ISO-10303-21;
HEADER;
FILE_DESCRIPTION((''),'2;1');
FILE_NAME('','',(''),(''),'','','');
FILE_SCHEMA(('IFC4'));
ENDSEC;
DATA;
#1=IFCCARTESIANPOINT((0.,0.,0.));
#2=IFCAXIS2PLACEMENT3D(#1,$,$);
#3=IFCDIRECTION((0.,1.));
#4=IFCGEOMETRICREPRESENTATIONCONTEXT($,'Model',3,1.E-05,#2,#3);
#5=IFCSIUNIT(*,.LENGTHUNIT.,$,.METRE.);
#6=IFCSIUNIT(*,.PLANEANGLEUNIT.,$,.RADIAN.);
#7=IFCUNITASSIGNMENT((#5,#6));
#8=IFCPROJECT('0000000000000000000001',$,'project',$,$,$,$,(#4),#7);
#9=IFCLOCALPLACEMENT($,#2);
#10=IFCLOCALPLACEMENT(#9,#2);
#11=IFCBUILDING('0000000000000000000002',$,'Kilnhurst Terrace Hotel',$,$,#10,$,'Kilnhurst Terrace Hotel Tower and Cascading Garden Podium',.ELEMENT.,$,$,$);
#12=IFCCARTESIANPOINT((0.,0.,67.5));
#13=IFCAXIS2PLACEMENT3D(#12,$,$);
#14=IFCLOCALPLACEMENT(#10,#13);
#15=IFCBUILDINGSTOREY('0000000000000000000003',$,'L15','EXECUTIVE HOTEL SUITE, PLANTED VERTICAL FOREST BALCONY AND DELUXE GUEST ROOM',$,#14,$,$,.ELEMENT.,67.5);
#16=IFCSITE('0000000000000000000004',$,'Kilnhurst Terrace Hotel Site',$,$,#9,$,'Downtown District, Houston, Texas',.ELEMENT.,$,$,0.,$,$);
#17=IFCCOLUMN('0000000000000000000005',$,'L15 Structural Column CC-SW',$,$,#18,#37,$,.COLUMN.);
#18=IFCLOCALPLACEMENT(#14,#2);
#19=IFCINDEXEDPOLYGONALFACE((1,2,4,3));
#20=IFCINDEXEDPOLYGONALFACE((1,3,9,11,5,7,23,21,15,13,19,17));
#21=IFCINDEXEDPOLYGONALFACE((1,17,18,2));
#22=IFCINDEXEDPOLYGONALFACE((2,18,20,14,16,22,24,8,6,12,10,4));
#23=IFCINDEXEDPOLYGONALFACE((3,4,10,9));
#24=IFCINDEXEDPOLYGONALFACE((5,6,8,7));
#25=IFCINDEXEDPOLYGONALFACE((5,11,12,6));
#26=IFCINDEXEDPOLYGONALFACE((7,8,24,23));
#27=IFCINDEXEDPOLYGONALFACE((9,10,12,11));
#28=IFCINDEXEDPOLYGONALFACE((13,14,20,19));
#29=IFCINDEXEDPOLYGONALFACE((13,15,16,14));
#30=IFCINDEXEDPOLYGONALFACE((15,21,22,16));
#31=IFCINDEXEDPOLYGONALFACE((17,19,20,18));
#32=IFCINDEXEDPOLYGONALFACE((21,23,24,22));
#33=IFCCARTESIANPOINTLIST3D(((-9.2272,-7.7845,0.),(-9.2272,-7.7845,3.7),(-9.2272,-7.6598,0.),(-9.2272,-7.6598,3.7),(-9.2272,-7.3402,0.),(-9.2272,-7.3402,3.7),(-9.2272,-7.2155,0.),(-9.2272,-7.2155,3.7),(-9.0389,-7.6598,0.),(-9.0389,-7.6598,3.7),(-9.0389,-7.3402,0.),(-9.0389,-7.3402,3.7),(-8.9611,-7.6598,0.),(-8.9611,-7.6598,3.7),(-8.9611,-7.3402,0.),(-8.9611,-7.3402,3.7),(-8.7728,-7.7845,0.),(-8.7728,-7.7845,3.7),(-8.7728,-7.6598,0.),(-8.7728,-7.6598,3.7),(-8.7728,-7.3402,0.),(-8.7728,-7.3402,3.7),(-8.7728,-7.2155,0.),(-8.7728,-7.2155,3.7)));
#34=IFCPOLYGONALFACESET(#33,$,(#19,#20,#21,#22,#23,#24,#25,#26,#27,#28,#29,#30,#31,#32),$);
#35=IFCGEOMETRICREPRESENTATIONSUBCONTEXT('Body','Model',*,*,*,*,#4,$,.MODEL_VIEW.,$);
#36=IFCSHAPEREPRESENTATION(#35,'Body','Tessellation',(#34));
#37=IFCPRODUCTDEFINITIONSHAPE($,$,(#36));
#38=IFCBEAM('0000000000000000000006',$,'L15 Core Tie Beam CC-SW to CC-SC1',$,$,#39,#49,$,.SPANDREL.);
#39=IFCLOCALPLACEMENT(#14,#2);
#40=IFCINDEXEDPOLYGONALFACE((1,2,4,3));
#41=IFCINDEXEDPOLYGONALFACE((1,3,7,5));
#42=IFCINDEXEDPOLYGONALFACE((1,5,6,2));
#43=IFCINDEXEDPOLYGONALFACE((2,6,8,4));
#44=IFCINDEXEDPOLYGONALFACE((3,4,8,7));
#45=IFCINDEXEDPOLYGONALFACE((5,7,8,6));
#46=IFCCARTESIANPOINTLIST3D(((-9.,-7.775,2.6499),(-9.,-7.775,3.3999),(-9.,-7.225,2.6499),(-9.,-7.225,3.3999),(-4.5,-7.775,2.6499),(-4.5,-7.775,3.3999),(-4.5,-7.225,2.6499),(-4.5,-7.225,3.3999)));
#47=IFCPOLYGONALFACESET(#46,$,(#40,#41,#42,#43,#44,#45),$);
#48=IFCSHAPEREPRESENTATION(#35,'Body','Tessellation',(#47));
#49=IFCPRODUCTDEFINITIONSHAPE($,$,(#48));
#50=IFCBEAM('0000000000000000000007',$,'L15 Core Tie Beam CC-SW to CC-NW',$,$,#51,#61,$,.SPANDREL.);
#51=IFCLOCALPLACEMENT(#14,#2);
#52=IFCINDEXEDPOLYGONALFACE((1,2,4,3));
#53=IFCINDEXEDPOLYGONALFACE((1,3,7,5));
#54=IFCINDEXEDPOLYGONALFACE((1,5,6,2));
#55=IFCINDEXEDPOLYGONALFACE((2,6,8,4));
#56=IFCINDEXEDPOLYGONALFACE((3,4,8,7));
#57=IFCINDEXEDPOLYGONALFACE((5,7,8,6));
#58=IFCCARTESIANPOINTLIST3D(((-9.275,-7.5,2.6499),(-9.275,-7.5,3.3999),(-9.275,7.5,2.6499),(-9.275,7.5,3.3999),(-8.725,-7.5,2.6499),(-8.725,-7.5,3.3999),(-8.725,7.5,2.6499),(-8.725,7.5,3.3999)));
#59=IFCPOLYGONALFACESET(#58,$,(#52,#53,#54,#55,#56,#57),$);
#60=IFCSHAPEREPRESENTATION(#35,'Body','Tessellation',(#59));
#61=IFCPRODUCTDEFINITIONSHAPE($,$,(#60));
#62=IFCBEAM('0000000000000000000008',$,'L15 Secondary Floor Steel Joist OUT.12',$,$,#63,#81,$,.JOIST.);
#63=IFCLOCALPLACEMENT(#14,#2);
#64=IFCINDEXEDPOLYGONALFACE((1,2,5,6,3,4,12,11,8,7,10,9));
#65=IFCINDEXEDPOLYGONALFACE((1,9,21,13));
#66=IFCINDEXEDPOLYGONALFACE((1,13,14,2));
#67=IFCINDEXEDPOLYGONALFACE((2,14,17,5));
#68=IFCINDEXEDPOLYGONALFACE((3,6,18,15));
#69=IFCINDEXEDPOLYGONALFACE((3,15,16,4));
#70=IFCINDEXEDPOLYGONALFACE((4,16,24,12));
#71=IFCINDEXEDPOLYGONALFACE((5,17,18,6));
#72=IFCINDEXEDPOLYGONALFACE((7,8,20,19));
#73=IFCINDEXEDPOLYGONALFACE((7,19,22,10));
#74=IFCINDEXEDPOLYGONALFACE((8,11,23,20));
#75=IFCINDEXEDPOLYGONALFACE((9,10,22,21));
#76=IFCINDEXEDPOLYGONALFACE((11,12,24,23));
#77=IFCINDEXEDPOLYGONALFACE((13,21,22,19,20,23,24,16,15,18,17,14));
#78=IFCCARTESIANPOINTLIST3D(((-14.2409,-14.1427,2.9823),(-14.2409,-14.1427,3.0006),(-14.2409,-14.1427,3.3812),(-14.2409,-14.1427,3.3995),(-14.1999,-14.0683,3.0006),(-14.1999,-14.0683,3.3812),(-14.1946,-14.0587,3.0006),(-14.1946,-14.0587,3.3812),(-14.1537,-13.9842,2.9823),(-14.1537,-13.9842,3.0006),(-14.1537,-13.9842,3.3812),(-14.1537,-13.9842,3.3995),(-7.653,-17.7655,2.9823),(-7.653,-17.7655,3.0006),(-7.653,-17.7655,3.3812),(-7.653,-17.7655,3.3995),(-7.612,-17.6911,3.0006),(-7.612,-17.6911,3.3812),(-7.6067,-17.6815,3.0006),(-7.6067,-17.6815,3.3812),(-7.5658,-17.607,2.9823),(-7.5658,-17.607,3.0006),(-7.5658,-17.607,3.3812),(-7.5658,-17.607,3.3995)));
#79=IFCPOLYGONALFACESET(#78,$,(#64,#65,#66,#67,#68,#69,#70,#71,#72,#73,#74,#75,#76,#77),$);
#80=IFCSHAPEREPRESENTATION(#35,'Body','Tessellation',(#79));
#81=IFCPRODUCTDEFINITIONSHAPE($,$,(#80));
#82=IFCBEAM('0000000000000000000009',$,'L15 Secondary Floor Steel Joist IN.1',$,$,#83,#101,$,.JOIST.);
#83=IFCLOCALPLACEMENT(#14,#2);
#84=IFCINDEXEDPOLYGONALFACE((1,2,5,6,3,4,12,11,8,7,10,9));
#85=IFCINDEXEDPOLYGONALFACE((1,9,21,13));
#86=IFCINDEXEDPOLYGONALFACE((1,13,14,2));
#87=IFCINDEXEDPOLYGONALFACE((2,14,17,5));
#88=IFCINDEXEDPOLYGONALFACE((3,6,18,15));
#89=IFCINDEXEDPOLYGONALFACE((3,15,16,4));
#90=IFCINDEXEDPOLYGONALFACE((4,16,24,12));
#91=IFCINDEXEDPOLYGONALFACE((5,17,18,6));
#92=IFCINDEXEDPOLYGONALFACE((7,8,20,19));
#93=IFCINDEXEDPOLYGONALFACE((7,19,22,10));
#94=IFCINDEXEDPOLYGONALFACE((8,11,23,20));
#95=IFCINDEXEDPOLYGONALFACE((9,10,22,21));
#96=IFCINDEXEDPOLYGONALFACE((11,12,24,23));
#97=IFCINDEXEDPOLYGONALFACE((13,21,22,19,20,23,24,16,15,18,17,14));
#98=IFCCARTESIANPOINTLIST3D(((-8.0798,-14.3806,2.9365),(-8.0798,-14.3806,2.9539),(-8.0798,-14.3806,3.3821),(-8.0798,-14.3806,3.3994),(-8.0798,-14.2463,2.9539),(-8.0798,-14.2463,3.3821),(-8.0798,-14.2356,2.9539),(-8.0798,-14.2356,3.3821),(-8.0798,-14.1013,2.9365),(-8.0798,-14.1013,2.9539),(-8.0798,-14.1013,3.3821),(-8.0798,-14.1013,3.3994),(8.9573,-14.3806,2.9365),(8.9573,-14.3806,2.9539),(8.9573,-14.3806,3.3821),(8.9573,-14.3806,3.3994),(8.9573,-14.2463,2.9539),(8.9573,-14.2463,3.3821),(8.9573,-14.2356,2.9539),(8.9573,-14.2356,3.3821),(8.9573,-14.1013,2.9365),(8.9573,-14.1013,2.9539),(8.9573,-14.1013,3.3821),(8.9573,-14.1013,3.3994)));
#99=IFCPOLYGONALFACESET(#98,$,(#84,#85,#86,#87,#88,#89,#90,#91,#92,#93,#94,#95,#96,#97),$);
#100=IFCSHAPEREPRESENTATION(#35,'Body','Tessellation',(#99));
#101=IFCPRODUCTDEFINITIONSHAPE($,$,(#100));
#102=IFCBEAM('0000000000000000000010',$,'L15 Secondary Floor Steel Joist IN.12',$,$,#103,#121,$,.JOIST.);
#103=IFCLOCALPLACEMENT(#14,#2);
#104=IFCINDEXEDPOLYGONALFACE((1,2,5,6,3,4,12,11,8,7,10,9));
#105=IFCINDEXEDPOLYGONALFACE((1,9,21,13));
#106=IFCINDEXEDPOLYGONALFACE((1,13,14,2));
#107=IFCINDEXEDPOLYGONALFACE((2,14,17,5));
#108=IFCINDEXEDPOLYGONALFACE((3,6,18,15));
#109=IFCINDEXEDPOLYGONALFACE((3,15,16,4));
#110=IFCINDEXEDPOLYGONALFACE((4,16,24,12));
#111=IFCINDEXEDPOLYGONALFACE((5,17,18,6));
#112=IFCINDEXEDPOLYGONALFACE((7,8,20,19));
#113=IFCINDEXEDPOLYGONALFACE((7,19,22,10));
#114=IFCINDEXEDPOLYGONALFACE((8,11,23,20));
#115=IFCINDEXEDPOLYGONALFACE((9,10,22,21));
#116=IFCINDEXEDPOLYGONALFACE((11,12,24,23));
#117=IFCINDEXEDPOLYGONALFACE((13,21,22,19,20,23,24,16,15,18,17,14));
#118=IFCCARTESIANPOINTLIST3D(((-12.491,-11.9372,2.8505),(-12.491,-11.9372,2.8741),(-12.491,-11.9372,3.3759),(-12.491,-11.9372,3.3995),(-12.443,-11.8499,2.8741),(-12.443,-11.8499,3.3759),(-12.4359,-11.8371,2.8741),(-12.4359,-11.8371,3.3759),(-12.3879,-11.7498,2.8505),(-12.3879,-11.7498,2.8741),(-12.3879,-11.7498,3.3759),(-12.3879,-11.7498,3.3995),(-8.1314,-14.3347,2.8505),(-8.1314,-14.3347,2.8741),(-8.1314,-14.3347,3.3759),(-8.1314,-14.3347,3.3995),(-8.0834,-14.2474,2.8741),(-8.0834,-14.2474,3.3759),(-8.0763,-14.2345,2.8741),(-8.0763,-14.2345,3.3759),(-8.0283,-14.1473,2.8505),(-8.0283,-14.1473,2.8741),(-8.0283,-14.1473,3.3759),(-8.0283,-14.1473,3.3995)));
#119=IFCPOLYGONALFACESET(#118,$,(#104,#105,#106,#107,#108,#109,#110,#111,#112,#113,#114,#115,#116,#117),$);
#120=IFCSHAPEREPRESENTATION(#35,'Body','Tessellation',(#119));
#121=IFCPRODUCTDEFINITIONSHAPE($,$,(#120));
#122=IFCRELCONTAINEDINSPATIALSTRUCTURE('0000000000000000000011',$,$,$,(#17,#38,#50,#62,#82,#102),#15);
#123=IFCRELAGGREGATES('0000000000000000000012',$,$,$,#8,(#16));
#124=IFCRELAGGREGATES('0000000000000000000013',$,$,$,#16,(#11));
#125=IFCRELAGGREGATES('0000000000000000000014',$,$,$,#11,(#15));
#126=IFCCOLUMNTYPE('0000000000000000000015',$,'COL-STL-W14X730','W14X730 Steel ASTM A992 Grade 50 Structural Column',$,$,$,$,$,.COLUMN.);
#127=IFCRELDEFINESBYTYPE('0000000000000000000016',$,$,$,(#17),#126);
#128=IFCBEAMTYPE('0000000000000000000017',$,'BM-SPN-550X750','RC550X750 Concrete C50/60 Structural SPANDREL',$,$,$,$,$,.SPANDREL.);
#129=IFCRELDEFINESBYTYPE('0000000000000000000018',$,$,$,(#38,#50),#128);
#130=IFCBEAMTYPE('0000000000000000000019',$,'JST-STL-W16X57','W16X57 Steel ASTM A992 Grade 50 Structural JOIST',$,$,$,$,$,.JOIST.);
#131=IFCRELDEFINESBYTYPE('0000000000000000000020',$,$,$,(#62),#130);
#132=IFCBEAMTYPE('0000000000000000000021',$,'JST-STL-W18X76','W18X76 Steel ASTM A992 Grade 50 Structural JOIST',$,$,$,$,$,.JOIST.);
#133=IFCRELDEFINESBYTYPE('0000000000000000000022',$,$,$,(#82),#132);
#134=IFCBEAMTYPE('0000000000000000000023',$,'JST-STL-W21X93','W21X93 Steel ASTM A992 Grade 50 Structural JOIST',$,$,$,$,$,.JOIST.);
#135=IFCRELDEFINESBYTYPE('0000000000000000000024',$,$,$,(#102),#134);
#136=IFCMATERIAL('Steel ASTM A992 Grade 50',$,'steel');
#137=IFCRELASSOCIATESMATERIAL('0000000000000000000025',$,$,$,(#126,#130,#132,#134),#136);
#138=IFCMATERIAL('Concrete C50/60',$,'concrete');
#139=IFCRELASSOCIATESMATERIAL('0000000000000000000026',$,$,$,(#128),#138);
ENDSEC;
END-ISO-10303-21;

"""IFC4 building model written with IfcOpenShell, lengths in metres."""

from ifc_helpers import new_model, si_unit, direction, frame, origin, origin_2d, place, context, subcontext, project, spatial, rectangle, i_section, extrude, material, material_profile, profile_set, type_object, element, save


model = new_model("IFC4")

# Units and contexts
model_context = context("Model", 3, precision=1e-05, world=origin(), true_north=direction((0.0, 1.0)))
body_context = subcontext(model_context, "Body", "Model", "MODEL_VIEW")
ifc_project = project(units=[si_unit("LENGTHUNIT", "METRE"), si_unit("PLANEANGLEUNIT", "RADIAN")], contexts=[model_context])

# Site, building, storey
site_placement = place(None, origin())
site = spatial("IfcSite", under=ifc_project, at=site_placement, Name="Kilnhurst Terrace Hotel Site", LongName="Downtown District, Houston, Texas", CompositionType="ELEMENT", RefElevation=0.0)
building_placement = place(site_placement, origin())
building = spatial("IfcBuilding", under=site, at=building_placement, Name="Kilnhurst Terrace Hotel", LongName="Kilnhurst Terrace Hotel Tower and Cascading Garden Podium", CompositionType="ELEMENT")
storey_placement = place(building_placement, frame((0.0, 0.0, 67.5)))
storey = spatial("IfcBuildingStorey", under=building, at=storey_placement, Name="L15", Description="EXECUTIVE HOTEL SUITE, PLANTED VERTICAL FOREST BALCONY AND DELUXE GUEST ROOM", CompositionType="ELEMENT", Elevation=67.5)

# Column
ifc_material_1 = material(Name="Steel ASTM A992 Grade 50", Category="steel")
ifc_material_profile_1 = material_profile(ifc_material_1, i_section(OverallWidth=0.4543, OverallDepth=0.5691, WebThickness=0.0779, FlangeThickness=0.1248, at=origin_2d()), Name="W14X730")
ifc_profile_set_1 = profile_set([ifc_material_profile_1], Name="Steel ASTM A992 Grade 50")
column_type = type_object("IfcColumnType", Name="COL-STL-W14X730", Description="W14X730 Steel ASTM A992 Grade 50 Structural Column", PredefinedType="COLUMN", material=ifc_profile_set_1)
column_placement = place(storey_placement, frame((-9.0, -7.5, 0.0), z_axis=(0.0, 0.0, 1.0), x_axis=(1.0, 0.0, 0.0)))
element("IfcColumn", 1, at=column_placement, inside=storey, type_object=column_type, Name="L15 Structural Column CC-SW", PredefinedType="COLUMN", context=body_context, shape_type="SweptSolid", body=[
    extrude(i_section(OverallWidth=0.4543, OverallDepth=0.5691, WebThickness=0.0779, FlangeThickness=0.1248, at=origin_2d()), origin(), (0.0, 0.0, 1.0), 3.7),
])

# Beams
ifc_material_2 = material(Name="Concrete C50/60", Category="concrete")
ifc_material_profile_2 = material_profile(ifc_material_2, rectangle(XDim=0.55, YDim=0.75, at=origin_2d()), Name="RC550X750")
ifc_profile_set_2 = profile_set([ifc_material_profile_2], Name="Concrete C50/60")
beam_type_1 = type_object("IfcBeamType", Name="BM-SPN-550X750", Description="RC550X750 Concrete C50/60 Structural SPANDREL", PredefinedType="SPANDREL", material=ifc_profile_set_2)
beam_1_placement = place(storey_placement, frame((-9.0, -7.5, 3.0249), z_axis=(1.0, 0.0, 0.0), x_axis=(0.0, 1.0, 0.0)))
element("IfcBeam", 2, at=beam_1_placement, inside=storey, type_object=beam_type_1, Name="L15 Core Tie Beam CC-SW to CC-SC1", PredefinedType="SPANDREL", context=body_context, shape_type="SweptSolid", body=[
    extrude(rectangle(XDim=0.55, YDim=0.75, at=origin_2d()), origin(), (0.0, 0.0, 1.0), 4.5),
])
beam_2_placement = place(storey_placement, frame((-9.0, -7.5, 3.0249), z_axis=(0.0, 1.0, 0.0), x_axis=(-1.0, 0.0, 0.0)))
element("IfcBeam", 3, at=beam_2_placement, inside=storey, type_object=beam_type_1, Name="L15 Core Tie Beam CC-SW to CC-NW", PredefinedType="SPANDREL", context=body_context, shape_type="SweptSolid", body=[
    extrude(rectangle(XDim=0.55, YDim=0.75, at=origin_2d()), origin(), (0.0, 0.0, 1.0), 15.0),
])
ifc_material_profile_3 = material_profile(ifc_material_1, i_section(OverallWidth=0.1809, OverallDepth=0.4172, WebThickness=0.011, FlangeThickness=0.0183, at=origin_2d()), Name="W16X57")
ifc_profile_set_3 = profile_set([ifc_material_profile_3], Name="Steel ASTM A992 Grade 50")
beam_type_2 = type_object("IfcBeamType", Name="JST-STL-W16X57", Description="W16X57 Steel ASTM A992 Grade 50 Structural JOIST", PredefinedType="JOIST", material=ifc_profile_set_3)
beam_3_placement = place(storey_placement, frame((-14.1973, -14.0635, 3.1909), z_axis=(0.876246, -0.481864, 0.0), x_axis=(0.481864, 0.876246, 0.0)))
element("IfcBeam", 4, at=beam_3_placement, inside=storey, type_object=beam_type_2, Name="L15 Secondary Floor Steel Joist OUT.12", PredefinedType="JOIST", context=body_context, shape_type="SweptSolid", body=[
    extrude(i_section(OverallWidth=0.1809, OverallDepth=0.4172, WebThickness=0.011, FlangeThickness=0.0183, at=origin_2d()), origin(), (0.0, 0.0, 1.0), 7.5183),
])
ifc_material_profile_4 = material_profile(ifc_material_1, i_section(OverallWidth=0.2793, OverallDepth=0.4629, WebThickness=0.0107, FlangeThickness=0.0173, at=origin_2d()), Name="W18X76")
ifc_profile_set_4 = profile_set([ifc_material_profile_4], Name="Steel ASTM A992 Grade 50")
beam_type_3 = type_object("IfcBeamType", Name="JST-STL-W18X76", Description="W18X76 Steel ASTM A992 Grade 50 Structural JOIST", PredefinedType="JOIST", material=ifc_profile_set_4)
beam_4_placement = place(storey_placement, frame((-8.0798, -14.241, 3.168), z_axis=(1.0, 0.0, 0.0), x_axis=(0.0, 1.0, 0.0)))
element("IfcBeam", 5, at=beam_4_placement, inside=storey, type_object=beam_type_3, Name="L15 Secondary Floor Steel Joist IN.1", PredefinedType="JOIST", context=body_context, shape_type="SweptSolid", body=[
    extrude(i_section(OverallWidth=0.2793, OverallDepth=0.4629, WebThickness=0.0107, FlangeThickness=0.0173, at=origin_2d()), origin(), (0.0, 0.0, 1.0), 17.0371),
])
ifc_material_profile_5 = material_profile(ifc_material_1, i_section(OverallWidth=0.2139, OverallDepth=0.5491, WebThickness=0.0146, FlangeThickness=0.0237, at=origin_2d()), Name="W21X93")
ifc_profile_set_5 = profile_set([ifc_material_profile_5], Name="Steel ASTM A992 Grade 50")
beam_type_4 = type_object("IfcBeamType", Name="JST-STL-W21X93", Description="W21X93 Steel ASTM A992 Grade 50 Structural JOIST", PredefinedType="JOIST", material=ifc_profile_set_5)
beam_5_placement = place(storey_placement, frame((-12.4395, -11.8435, 3.125), z_axis=(0.876244, -0.481868, 0.0), x_axis=(0.481868, 0.876244, 0.0)))
element("IfcBeam", 6, at=beam_5_placement, inside=storey, type_object=beam_type_4, Name="L15 Secondary Floor Steel Joist IN.12", PredefinedType="JOIST", context=body_context, shape_type="SweptSolid", body=[
    extrude(i_section(OverallWidth=0.2139, OverallDepth=0.5491, WebThickness=0.0146, FlangeThickness=0.0237, at=origin_2d()), origin(), (0.0, 0.0, 1.0), 4.9753),
])

save(model, "model.ifc")
